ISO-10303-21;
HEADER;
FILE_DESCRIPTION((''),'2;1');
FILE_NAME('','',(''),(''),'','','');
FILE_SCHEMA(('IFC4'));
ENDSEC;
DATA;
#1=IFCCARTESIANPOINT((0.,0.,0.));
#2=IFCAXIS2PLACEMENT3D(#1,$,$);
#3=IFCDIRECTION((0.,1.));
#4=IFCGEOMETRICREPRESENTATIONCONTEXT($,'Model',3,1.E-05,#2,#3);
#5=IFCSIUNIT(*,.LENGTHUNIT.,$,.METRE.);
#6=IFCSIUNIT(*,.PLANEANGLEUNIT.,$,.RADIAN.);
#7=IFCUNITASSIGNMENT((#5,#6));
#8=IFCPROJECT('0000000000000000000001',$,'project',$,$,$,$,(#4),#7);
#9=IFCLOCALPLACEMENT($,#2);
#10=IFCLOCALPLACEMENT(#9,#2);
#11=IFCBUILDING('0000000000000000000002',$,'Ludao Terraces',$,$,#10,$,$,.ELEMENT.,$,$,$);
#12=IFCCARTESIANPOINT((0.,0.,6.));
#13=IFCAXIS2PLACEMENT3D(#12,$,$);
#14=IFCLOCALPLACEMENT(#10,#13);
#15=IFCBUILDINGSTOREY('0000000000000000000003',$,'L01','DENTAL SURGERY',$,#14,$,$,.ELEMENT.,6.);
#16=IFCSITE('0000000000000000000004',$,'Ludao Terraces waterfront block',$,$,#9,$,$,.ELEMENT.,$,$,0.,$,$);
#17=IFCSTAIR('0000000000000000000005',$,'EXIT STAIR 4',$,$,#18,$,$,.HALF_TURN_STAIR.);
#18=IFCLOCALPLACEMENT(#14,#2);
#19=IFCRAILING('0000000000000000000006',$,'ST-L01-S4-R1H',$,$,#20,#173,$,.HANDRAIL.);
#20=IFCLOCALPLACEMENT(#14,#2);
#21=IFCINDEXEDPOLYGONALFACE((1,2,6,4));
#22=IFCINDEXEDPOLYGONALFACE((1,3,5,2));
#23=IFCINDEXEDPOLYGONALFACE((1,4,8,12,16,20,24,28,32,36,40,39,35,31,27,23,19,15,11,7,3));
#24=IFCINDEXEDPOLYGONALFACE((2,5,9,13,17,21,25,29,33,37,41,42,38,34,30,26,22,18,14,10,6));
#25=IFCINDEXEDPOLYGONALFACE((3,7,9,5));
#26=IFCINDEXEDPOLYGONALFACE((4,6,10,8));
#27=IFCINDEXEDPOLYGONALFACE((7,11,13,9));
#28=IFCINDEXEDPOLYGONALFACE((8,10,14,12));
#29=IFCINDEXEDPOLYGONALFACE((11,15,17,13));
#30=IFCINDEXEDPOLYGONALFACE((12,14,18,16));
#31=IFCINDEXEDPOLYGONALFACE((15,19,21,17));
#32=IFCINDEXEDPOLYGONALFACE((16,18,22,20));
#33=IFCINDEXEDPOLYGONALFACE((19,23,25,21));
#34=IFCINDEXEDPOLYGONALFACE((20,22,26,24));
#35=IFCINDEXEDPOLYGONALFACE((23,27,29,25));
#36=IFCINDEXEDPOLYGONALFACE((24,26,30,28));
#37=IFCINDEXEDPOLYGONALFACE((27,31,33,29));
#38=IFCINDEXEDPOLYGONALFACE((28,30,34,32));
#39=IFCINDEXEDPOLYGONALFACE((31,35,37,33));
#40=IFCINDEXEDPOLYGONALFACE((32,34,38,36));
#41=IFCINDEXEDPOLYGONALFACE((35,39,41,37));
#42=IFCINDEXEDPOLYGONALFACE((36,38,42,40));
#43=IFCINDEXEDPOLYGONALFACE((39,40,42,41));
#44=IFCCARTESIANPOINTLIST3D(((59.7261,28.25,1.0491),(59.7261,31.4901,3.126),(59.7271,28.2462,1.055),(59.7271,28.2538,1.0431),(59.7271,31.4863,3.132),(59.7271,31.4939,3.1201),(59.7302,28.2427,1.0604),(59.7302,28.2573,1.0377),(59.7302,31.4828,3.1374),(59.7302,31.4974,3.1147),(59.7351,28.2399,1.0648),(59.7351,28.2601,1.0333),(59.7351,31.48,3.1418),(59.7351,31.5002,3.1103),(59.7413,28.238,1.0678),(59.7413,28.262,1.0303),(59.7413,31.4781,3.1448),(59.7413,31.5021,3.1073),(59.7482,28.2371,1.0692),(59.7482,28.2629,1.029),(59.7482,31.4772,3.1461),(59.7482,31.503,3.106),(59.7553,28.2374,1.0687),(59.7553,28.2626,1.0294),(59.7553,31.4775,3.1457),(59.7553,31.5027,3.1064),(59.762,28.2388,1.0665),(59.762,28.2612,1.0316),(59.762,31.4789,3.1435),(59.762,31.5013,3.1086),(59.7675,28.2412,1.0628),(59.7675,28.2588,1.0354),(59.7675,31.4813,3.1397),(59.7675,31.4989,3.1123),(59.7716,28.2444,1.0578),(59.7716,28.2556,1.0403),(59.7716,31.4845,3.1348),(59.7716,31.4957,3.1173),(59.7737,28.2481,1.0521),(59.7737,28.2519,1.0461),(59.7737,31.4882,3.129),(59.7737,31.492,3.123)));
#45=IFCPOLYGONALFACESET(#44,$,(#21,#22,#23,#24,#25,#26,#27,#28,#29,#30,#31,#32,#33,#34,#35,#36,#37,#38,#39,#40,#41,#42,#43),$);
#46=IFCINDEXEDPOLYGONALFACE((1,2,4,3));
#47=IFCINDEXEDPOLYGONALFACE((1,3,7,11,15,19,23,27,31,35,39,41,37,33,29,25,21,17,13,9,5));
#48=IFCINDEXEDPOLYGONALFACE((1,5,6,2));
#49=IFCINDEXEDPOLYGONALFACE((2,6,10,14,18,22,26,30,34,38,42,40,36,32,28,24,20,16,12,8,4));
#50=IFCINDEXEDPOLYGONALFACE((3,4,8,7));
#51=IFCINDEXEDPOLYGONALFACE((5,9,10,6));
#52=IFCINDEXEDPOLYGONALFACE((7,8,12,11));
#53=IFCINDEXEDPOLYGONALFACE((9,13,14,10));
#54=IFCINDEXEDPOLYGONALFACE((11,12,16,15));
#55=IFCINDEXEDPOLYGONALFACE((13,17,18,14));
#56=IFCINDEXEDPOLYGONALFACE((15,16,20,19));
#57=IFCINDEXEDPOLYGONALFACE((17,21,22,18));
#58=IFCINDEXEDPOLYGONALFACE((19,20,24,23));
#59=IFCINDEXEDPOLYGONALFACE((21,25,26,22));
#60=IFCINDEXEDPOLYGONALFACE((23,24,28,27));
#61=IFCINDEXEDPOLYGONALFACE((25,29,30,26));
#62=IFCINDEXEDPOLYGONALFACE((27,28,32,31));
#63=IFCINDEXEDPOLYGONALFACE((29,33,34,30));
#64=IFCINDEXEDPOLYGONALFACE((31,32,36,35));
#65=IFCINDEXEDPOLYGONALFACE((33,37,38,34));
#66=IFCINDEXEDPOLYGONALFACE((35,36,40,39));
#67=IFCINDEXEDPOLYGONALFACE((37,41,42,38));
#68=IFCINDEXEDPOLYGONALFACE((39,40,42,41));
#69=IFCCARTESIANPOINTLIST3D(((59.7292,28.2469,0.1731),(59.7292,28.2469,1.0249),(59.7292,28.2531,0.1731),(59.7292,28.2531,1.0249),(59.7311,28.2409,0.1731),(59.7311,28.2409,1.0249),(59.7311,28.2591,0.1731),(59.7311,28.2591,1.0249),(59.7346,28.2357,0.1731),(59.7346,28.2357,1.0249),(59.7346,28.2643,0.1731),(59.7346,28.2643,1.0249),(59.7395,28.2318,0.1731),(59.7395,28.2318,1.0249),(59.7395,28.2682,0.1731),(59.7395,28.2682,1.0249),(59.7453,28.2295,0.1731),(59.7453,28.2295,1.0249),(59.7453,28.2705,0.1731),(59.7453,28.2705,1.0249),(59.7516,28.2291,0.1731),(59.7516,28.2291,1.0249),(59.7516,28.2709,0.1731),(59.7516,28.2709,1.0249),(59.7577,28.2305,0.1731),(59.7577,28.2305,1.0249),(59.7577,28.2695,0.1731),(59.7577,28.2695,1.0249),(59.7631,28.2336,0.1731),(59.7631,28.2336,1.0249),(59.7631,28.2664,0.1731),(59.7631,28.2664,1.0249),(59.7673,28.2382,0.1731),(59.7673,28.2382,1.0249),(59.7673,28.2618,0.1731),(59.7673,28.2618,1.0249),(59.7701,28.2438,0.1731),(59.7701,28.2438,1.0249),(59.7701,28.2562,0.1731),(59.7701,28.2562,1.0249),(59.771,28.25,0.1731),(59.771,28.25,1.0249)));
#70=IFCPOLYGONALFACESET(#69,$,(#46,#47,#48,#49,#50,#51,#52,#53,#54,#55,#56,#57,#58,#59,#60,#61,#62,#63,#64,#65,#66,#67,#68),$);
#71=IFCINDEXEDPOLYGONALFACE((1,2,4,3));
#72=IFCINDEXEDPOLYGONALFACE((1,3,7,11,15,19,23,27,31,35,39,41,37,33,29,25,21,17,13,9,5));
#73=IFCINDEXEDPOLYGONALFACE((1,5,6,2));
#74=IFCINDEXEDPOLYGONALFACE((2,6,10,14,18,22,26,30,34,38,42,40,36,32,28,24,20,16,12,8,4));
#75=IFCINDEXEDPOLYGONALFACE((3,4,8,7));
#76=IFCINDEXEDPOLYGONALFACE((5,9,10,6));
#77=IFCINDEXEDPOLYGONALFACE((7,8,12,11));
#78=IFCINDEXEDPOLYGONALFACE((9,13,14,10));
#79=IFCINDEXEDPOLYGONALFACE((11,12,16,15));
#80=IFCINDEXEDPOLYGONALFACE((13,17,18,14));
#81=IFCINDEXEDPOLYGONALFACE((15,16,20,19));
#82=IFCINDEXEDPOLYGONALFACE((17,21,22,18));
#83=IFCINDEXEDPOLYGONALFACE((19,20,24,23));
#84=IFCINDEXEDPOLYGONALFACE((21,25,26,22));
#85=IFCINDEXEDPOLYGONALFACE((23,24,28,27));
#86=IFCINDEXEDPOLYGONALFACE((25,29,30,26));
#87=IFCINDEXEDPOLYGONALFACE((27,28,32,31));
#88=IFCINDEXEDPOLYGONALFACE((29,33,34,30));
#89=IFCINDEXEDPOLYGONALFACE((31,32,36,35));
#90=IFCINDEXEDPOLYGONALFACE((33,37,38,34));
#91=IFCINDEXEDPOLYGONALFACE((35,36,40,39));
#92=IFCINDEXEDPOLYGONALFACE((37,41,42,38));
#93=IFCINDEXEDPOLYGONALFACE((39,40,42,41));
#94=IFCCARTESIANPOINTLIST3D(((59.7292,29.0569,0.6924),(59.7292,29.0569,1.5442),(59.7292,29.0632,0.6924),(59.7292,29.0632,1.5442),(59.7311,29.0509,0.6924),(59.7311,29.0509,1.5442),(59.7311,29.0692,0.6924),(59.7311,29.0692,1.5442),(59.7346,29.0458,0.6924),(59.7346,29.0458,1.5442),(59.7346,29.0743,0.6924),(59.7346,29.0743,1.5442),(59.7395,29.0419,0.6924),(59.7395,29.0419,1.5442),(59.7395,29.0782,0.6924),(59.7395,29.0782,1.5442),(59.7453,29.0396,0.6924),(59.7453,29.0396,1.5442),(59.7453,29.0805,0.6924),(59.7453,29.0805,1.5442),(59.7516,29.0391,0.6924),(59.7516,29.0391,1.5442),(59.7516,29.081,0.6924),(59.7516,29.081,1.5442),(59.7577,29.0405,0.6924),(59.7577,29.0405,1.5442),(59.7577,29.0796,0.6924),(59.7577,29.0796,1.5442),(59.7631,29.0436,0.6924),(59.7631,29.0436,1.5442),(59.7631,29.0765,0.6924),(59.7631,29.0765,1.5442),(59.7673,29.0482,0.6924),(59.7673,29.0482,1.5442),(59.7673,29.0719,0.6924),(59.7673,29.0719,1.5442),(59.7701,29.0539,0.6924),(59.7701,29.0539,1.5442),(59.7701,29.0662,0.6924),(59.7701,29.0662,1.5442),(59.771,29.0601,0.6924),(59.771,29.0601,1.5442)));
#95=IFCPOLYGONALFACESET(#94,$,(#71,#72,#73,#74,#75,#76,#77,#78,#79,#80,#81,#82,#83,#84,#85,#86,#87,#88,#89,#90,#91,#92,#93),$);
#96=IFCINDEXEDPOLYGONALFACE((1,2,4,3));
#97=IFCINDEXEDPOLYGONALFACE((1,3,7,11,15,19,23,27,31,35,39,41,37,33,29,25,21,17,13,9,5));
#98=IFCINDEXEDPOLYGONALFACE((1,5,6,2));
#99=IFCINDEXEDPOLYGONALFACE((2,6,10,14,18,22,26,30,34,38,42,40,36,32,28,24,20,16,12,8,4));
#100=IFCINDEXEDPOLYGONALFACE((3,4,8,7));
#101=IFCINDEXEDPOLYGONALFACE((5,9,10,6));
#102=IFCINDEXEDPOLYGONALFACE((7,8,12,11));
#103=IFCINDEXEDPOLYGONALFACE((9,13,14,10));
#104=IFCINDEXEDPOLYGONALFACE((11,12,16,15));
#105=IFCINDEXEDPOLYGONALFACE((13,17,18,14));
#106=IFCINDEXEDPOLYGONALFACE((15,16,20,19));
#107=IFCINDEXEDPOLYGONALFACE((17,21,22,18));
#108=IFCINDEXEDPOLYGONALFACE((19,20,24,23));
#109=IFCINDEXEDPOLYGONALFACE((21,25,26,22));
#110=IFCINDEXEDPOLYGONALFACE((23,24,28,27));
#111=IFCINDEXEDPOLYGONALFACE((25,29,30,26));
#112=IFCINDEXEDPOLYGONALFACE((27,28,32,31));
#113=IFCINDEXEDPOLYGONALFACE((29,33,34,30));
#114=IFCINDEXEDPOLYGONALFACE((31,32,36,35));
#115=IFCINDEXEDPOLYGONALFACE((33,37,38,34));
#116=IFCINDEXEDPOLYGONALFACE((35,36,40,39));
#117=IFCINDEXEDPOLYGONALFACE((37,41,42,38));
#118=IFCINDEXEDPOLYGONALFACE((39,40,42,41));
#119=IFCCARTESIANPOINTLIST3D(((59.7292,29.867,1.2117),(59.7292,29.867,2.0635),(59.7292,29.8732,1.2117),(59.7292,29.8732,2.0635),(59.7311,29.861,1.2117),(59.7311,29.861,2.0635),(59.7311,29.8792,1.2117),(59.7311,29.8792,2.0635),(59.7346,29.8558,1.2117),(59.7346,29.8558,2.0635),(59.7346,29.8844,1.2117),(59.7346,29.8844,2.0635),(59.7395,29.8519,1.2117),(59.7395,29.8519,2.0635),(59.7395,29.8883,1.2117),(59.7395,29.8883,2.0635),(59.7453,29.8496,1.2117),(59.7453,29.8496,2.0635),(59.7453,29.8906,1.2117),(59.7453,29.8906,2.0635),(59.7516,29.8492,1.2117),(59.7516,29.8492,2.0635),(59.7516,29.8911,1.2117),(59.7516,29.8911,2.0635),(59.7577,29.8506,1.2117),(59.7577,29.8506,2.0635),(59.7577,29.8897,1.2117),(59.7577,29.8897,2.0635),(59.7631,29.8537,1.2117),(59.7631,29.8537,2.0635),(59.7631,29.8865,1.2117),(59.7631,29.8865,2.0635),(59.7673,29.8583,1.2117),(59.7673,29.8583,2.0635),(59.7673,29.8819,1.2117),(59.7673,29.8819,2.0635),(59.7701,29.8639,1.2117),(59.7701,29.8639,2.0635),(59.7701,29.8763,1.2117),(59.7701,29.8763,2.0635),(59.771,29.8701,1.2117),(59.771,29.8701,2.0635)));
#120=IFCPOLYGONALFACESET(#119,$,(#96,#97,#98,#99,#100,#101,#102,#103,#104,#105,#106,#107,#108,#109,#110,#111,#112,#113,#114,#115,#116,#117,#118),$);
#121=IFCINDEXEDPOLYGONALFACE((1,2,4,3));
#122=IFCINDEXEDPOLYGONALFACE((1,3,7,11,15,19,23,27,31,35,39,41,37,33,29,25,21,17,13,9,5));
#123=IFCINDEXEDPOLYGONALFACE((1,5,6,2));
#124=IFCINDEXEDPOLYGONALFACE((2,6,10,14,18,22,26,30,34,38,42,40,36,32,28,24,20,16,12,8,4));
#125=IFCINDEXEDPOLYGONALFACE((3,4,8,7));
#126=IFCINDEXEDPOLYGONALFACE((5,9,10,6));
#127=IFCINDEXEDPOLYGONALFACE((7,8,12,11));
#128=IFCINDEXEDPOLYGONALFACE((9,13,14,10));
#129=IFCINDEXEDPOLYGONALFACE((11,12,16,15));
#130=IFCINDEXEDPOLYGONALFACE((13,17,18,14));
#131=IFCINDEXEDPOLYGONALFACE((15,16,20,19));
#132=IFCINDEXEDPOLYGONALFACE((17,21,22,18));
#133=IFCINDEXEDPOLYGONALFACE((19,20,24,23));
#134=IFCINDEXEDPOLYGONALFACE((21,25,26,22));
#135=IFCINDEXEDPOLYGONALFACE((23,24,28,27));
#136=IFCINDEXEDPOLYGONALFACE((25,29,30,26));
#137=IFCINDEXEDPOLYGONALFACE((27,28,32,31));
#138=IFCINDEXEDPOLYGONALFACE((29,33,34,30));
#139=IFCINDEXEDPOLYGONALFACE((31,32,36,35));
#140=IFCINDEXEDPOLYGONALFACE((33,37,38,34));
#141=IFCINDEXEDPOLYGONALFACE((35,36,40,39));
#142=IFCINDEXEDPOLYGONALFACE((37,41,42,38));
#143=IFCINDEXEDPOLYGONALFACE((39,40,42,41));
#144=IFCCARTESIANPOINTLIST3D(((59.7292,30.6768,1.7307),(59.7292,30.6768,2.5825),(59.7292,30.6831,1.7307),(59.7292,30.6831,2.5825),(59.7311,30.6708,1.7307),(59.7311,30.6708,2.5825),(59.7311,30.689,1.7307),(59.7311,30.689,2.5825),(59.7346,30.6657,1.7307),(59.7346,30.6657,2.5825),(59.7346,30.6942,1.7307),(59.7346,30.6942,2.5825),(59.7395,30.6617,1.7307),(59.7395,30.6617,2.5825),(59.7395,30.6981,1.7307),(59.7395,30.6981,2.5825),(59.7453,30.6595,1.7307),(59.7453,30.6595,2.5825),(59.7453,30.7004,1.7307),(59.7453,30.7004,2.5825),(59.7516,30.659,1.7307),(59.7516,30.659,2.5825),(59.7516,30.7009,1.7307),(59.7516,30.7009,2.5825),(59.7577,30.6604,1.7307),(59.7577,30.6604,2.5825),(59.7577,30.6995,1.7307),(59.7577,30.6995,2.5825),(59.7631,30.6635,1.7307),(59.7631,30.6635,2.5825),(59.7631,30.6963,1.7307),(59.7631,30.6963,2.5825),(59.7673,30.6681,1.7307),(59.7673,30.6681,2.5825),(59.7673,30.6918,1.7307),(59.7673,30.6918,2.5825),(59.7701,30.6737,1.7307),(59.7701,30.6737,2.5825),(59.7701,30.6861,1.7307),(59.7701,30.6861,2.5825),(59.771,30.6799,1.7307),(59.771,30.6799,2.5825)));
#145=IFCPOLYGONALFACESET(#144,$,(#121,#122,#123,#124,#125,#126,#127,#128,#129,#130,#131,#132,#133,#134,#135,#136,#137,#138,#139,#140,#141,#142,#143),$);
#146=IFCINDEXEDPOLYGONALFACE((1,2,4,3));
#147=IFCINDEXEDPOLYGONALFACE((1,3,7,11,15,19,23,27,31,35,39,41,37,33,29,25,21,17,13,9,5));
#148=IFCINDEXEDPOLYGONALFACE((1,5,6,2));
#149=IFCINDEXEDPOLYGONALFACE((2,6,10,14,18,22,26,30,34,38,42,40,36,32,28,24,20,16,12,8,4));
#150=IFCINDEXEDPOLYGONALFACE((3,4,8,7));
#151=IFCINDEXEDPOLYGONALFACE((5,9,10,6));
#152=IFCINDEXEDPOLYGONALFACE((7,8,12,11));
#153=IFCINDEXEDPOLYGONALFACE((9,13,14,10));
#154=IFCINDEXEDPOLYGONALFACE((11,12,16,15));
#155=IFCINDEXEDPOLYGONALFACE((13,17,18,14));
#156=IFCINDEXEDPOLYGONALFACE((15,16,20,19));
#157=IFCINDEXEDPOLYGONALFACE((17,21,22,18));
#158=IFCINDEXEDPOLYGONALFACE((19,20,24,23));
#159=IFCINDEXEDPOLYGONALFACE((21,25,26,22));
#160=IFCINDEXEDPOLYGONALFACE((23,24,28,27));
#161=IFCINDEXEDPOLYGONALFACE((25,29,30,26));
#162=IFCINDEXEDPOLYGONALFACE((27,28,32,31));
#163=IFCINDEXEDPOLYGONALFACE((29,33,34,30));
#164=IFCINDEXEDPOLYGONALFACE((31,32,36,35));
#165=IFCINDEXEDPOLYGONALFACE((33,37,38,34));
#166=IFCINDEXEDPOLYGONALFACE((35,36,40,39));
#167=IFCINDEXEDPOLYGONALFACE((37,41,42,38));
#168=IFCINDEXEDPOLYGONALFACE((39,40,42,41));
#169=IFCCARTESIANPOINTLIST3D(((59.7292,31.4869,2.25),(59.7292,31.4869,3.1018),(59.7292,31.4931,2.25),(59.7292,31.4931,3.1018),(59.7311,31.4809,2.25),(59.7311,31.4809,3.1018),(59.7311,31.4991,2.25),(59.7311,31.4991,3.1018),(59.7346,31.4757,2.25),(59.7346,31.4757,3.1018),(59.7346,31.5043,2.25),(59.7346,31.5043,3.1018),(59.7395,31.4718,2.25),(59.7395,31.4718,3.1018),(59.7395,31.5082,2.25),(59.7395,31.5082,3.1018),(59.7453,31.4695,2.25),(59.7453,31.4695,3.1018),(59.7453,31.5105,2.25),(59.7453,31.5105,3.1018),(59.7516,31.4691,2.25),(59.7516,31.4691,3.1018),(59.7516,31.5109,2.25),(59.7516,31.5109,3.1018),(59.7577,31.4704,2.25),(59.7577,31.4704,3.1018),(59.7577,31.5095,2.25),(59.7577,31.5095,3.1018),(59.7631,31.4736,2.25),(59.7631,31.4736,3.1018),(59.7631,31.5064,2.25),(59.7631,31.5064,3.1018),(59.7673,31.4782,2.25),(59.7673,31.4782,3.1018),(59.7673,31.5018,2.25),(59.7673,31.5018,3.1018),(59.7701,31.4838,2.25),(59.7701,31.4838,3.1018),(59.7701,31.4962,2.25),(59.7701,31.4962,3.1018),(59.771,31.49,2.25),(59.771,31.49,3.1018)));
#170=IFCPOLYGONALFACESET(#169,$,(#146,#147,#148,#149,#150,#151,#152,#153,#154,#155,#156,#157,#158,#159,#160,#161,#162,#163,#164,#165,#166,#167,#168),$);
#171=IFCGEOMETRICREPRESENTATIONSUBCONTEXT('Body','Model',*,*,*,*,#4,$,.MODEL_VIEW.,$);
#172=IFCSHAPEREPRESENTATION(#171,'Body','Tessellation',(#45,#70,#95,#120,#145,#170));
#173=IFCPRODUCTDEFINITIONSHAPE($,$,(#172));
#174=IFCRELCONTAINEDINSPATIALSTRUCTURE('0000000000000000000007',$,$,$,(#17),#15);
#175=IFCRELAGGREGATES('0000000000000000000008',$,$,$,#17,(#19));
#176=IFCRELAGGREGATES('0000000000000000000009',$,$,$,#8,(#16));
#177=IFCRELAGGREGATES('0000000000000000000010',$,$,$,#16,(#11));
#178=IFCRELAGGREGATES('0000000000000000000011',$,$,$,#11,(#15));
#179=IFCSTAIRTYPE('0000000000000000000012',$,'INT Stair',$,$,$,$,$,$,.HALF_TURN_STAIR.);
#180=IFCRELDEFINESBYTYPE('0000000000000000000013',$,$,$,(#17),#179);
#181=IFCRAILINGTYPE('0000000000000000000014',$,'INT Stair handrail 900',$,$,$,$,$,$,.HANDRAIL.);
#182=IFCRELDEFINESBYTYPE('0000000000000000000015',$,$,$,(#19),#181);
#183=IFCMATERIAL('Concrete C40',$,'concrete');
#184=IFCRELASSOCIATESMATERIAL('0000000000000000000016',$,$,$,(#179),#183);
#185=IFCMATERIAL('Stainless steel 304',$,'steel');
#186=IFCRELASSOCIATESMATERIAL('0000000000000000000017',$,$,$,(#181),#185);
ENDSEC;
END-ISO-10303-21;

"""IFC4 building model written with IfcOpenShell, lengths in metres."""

from ifc_helpers import new_model, si_unit, direction, frame, origin, origin_2d, place, context, subcontext, project, spatial, circle, extrude, material, type_object, element, aggregate, save


model = new_model("IFC4")

# Units and contexts
model_context = context("Model", 3, precision=1e-05, world=origin(), true_north=direction((0.0, 1.0)))
body_context = subcontext(model_context, "Body", "Model", "MODEL_VIEW")
ifc_project = project(units=[si_unit("LENGTHUNIT", "METRE"), si_unit("PLANEANGLEUNIT", "RADIAN")], contexts=[model_context])

# Site, building, storey
site_placement = place(None, origin())
site = spatial("IfcSite", under=ifc_project, at=site_placement, Name="Ludao Terraces waterfront block", CompositionType="ELEMENT", RefElevation=0.0)
building_placement = place(site_placement, origin())
building = spatial("IfcBuilding", under=site, at=building_placement, Name="Ludao Terraces", CompositionType="ELEMENT")
storey_placement = place(building_placement, frame((0.0, 0.0, 6.0)))
storey = spatial("IfcBuildingStorey", under=building, at=storey_placement, Name="L01", Description="DENTAL SURGERY", CompositionType="ELEMENT", Elevation=6.0)

# Stair, railing
ifc_material_1 = material(Name="Concrete C40", Category="concrete")
stair_type = type_object("IfcStairType", Name="INT Stair", PredefinedType="HALF_TURN_STAIR", material=ifc_material_1)
stair_placement = place(storey_placement, origin())
stair = element("IfcStair", 1, at=stair_placement, inside=storey, type_object=stair_type, Name="EXIT STAIR 4", PredefinedType="HALF_TURN_STAIR")
ifc_material_2 = material(Name="Stainless steel 304", Category="steel")
railing_type_1 = type_object("IfcRailingType", Name="INT Stair handrail 900", PredefinedType="HANDRAIL", material=ifc_material_2)
railing_1_placement = place(storey_placement, frame((59.75, 28.25, 0.1731)))
railing_1 = element("IfcRailing", 2, at=railing_1_placement, type_object=railing_type_1, Name="ST-L01-S4-R1H", PredefinedType="HANDRAIL", context=body_context, shape_type="SweptSolid", body=[
    extrude(circle(Radius=0.0239, at=origin_2d()), frame((0.0, 0.0, 0.876), z_axis=(0.0, 0.841881, 0.539664), x_axis=(-1.0, 0.0, 0.0)), (0.0, 0.0, 1.0), 3.8486),
    extrude(circle(Radius=0.021, at=origin_2d()), origin(), (0.0, 0.0, 1.0), 0.8518),
    extrude(circle(Radius=0.021, at=origin_2d()), frame((0.0, 0.8101, 0.5193)), (0.0, 0.0, 1.0), 0.8518),
    extrude(circle(Radius=0.021, at=origin_2d()), frame((0.0, 1.6201, 1.0386)), (0.0, 0.0, 1.0), 0.8518),
    extrude(circle(Radius=0.021, at=origin_2d()), frame((0.0, 2.4299, 1.5576)), (0.0, 0.0, 1.0), 0.8518),
    extrude(circle(Radius=0.021, at=origin_2d()), frame((0.0, 3.24, 2.0769)), (0.0, 0.0, 1.0), 0.8518),
])
aggregate(stair, [railing_1])

save(model, "model.ifc")
